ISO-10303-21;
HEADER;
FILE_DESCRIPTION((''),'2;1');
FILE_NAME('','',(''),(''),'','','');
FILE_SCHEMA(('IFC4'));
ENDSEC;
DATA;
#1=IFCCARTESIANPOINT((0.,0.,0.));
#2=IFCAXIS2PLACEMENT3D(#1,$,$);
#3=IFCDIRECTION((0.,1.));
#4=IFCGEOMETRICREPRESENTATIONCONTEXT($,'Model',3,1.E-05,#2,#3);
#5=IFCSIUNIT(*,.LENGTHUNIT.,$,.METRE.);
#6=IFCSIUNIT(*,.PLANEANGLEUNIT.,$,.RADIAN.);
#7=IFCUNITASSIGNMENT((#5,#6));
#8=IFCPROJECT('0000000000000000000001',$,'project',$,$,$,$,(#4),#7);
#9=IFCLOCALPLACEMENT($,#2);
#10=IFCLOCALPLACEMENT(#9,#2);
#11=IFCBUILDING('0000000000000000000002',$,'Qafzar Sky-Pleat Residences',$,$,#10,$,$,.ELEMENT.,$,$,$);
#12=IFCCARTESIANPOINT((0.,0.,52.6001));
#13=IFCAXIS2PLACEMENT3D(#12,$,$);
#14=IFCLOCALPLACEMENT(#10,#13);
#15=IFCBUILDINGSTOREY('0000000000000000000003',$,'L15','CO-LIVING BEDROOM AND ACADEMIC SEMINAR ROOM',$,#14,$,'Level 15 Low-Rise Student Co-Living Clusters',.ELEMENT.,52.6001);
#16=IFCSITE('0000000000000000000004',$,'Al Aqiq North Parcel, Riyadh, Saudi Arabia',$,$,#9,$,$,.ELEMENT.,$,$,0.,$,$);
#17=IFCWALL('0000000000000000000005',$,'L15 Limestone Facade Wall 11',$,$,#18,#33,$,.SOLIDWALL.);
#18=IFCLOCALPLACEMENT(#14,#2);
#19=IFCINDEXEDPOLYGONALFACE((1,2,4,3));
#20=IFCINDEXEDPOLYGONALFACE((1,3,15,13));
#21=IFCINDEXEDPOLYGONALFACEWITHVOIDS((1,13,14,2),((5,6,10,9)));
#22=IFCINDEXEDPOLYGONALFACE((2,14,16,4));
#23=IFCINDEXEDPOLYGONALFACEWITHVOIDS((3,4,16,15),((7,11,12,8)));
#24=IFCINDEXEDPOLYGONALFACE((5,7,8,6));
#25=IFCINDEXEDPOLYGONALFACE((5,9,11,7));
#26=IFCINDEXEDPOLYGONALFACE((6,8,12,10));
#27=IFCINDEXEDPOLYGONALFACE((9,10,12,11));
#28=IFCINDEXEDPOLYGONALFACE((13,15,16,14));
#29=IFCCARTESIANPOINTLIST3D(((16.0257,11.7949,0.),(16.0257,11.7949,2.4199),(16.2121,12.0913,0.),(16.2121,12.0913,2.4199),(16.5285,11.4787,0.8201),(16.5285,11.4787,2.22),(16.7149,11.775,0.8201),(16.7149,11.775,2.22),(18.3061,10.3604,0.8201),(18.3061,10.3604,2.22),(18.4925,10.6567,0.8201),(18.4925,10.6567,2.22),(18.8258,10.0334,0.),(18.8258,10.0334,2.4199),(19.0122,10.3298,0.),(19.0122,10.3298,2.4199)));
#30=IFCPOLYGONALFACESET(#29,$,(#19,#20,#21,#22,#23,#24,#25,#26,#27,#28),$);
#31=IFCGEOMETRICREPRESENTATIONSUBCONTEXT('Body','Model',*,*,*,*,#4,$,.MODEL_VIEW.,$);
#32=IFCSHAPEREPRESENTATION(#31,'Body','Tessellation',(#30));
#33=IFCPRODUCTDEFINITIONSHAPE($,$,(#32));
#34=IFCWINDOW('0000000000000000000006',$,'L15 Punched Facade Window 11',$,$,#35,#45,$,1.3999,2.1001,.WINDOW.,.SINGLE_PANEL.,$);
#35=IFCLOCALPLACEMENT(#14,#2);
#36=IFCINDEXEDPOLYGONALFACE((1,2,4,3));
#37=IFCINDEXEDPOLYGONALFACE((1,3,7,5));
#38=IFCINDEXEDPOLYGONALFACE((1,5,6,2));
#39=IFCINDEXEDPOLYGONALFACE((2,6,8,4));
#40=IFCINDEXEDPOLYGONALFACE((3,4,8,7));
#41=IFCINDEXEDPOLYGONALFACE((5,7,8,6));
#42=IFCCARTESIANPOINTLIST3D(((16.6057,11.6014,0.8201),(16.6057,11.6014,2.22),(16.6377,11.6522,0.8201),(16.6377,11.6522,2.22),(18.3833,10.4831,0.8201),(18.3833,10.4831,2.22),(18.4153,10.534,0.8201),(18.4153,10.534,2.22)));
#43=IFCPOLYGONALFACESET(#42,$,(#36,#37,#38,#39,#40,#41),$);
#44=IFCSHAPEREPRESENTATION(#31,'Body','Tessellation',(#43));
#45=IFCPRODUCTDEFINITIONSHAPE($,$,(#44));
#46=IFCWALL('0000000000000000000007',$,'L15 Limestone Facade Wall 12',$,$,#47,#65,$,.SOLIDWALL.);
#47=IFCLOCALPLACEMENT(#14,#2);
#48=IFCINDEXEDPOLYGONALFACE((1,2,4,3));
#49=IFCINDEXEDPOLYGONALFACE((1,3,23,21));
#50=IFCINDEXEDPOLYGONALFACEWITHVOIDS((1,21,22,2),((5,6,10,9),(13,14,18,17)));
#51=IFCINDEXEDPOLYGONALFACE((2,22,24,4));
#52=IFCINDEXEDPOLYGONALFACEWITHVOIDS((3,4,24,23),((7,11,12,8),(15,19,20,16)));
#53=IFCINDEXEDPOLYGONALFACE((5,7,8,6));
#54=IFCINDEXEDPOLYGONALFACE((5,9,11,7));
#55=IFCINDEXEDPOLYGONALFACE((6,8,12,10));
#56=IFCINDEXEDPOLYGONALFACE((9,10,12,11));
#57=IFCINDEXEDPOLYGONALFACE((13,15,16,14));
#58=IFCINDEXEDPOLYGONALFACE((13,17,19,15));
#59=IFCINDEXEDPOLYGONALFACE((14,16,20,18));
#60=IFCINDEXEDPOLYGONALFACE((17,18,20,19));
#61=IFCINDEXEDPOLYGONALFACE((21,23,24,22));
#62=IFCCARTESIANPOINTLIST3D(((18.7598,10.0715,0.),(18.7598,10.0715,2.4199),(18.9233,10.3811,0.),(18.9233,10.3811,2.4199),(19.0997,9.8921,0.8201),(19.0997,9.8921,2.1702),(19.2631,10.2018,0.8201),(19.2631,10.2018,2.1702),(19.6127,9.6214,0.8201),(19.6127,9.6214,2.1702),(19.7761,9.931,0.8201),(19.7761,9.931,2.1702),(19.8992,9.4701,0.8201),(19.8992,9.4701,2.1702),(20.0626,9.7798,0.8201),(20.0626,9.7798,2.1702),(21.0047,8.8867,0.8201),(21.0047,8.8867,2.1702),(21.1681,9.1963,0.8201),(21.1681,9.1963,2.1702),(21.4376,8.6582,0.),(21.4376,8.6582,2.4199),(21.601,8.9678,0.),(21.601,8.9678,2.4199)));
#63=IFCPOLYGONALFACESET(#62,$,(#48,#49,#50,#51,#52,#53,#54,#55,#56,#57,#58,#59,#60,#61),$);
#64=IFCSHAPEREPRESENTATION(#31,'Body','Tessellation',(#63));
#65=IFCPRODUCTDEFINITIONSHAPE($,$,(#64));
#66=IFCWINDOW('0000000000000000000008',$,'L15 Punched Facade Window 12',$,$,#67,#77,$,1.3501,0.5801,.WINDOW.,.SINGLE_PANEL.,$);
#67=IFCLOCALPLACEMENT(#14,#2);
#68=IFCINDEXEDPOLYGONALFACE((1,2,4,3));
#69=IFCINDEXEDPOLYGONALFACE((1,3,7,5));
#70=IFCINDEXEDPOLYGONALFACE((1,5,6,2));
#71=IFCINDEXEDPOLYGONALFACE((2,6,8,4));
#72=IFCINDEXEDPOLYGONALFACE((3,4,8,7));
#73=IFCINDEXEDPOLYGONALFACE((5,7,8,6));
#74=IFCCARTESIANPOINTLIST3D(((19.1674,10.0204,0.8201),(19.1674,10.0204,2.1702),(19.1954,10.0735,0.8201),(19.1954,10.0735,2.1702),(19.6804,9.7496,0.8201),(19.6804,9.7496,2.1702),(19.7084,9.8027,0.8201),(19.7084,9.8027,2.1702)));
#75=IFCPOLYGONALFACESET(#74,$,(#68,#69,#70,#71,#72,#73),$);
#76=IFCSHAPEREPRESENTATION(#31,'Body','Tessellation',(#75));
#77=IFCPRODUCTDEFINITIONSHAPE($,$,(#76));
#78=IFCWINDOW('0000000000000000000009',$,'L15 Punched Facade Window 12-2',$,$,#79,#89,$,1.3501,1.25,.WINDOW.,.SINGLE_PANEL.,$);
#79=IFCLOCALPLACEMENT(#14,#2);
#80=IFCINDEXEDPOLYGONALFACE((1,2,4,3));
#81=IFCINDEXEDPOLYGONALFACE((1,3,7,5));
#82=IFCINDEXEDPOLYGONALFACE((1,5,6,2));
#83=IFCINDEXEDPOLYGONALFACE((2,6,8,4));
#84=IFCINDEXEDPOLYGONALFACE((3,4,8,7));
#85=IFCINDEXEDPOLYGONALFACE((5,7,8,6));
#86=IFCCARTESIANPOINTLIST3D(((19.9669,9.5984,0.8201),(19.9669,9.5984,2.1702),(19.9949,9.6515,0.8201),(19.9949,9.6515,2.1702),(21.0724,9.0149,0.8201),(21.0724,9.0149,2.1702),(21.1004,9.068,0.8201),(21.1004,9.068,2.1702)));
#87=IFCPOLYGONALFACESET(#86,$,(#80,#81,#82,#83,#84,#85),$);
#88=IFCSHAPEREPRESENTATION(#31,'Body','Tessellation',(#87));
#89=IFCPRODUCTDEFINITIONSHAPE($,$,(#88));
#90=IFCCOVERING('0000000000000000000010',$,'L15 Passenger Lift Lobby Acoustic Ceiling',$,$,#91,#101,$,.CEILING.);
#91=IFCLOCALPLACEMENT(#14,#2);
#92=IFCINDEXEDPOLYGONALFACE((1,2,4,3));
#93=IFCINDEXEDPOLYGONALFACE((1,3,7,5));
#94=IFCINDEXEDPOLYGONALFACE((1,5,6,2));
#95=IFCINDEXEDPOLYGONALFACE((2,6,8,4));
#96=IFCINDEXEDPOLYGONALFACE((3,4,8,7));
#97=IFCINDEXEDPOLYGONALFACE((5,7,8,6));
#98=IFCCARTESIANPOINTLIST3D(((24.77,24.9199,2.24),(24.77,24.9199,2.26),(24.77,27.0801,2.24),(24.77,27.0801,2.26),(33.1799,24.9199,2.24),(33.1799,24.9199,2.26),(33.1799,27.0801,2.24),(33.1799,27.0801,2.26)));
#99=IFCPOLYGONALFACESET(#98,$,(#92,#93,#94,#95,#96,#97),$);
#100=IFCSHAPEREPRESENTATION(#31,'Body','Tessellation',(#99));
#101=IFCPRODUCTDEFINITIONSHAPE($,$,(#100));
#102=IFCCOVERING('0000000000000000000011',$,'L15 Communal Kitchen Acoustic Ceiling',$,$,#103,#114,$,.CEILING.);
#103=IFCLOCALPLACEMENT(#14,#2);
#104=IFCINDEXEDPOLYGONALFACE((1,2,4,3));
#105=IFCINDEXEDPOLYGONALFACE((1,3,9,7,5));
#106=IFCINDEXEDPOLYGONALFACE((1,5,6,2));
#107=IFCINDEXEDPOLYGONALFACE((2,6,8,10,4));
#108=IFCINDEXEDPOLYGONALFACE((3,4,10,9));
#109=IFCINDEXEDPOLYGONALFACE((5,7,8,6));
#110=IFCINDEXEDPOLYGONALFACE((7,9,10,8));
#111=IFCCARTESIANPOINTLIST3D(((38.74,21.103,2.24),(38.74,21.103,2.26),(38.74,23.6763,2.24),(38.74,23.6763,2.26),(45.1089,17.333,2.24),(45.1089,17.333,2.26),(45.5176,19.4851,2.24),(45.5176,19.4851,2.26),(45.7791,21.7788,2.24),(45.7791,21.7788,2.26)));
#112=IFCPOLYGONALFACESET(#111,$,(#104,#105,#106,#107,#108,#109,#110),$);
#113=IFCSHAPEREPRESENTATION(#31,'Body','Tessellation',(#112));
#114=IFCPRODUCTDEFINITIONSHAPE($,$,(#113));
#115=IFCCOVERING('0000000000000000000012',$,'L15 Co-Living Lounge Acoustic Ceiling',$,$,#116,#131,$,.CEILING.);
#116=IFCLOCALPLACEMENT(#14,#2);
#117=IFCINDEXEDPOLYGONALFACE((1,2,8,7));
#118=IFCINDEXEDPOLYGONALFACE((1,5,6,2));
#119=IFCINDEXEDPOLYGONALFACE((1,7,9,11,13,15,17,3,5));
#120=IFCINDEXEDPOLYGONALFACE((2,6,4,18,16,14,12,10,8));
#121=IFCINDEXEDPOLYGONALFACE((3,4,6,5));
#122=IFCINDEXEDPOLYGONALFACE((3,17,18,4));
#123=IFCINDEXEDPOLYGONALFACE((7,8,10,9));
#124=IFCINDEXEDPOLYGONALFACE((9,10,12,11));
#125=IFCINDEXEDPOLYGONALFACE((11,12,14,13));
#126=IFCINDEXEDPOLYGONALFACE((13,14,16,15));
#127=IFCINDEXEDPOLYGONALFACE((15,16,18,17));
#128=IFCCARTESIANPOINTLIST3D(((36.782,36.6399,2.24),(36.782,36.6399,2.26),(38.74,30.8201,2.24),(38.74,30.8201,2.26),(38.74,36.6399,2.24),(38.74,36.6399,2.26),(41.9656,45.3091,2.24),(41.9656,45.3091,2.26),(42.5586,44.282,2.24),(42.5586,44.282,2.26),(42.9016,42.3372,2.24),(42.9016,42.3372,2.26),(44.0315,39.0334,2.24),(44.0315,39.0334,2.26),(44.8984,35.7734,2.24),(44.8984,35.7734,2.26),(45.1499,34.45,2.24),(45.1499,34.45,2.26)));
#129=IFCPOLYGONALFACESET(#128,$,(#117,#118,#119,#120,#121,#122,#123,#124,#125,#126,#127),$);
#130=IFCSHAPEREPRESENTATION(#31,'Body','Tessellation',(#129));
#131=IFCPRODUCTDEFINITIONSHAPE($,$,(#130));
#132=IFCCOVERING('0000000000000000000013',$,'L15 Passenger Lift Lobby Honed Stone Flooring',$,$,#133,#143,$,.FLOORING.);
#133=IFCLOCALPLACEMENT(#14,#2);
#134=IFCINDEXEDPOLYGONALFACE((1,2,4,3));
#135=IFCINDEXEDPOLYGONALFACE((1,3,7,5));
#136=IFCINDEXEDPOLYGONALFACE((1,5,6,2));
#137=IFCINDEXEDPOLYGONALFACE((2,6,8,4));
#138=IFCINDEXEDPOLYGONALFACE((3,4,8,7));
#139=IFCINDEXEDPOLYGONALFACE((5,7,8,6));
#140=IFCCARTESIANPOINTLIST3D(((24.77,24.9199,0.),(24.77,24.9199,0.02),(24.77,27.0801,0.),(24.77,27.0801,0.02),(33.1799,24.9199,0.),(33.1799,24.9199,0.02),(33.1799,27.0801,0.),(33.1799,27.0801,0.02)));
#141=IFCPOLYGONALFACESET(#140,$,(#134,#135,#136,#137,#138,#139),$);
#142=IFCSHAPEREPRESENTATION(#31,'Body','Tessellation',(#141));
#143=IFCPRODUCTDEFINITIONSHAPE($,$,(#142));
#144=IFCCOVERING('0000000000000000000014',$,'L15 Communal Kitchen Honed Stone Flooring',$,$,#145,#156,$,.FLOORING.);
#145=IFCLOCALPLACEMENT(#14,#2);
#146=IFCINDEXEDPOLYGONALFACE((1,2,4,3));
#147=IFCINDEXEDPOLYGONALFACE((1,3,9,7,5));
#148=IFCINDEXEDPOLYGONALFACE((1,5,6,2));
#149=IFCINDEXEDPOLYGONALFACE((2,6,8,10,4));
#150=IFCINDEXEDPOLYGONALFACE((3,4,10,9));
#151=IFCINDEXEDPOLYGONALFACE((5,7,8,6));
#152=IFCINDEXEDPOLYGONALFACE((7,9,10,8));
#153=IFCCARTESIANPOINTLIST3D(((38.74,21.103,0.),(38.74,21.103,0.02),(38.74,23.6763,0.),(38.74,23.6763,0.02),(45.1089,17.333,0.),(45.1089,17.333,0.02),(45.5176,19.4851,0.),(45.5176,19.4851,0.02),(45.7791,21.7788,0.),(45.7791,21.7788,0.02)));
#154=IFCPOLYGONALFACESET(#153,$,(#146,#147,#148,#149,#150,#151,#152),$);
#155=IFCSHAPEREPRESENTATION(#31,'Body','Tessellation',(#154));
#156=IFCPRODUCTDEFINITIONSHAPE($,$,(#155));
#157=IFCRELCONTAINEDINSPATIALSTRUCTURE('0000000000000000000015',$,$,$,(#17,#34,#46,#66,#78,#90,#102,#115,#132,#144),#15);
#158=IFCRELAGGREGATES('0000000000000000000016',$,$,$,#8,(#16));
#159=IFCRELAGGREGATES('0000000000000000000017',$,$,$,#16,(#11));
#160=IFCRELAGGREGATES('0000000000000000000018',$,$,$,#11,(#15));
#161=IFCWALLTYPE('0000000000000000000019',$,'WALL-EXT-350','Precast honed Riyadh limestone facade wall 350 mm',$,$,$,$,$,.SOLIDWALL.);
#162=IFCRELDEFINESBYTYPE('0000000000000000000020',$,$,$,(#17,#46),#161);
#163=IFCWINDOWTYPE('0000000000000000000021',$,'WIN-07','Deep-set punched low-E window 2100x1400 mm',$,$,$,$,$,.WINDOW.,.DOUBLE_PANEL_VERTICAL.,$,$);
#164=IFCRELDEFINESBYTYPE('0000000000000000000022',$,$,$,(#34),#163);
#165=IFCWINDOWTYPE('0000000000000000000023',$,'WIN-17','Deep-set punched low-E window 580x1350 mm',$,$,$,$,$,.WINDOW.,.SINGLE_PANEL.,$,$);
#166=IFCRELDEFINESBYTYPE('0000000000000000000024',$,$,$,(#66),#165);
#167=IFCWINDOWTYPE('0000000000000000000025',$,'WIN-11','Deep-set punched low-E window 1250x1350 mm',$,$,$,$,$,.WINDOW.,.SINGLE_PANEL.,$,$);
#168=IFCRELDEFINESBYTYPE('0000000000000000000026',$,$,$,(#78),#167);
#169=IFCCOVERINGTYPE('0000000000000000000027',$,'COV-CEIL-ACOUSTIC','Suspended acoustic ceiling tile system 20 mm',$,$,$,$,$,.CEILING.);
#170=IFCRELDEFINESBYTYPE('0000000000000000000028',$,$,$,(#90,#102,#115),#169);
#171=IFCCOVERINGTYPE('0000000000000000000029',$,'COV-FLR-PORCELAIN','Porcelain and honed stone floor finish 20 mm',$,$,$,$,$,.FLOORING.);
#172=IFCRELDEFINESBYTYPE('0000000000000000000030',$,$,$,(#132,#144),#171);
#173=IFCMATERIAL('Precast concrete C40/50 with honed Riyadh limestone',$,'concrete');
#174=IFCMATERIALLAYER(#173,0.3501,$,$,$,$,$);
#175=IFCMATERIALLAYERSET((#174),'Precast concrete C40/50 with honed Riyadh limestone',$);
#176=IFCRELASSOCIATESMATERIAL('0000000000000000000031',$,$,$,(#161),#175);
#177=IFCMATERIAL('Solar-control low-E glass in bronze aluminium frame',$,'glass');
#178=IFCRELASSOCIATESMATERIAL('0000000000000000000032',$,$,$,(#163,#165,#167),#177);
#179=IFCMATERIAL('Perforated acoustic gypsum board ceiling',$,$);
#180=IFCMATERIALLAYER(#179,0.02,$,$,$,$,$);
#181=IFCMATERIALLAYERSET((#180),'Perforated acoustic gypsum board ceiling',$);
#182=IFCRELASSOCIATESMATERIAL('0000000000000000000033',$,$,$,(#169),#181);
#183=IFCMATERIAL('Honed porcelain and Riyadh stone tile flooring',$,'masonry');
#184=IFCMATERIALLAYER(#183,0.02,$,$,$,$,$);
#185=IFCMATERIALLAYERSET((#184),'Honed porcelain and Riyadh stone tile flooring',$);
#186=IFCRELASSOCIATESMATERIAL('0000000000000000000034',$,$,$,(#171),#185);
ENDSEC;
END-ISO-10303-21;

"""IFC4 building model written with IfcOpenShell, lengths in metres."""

from ifc_helpers import new_model, si_unit, direction, frame, frame_2d, origin, place, context, subcontext, project, spatial, polyline, rectangle, outline, extrude, source, transform, mapped, material, layer, layer_set, type_object, element, fill, save


model = new_model("IFC4")

# Units and contexts
model_context = context("Model", 3, precision=1e-05, world=origin(), true_north=direction((0.0, 1.0)))
body_context = subcontext(model_context, "Body", "Model", "MODEL_VIEW")
ifc_project = project(units=[si_unit("LENGTHUNIT", "METRE"), si_unit("PLANEANGLEUNIT", "RADIAN")], contexts=[model_context])

# Site, building, storey
site_placement = place(None, origin())
site = spatial("IfcSite", under=ifc_project, at=site_placement, Name="Al Aqiq North Parcel, Riyadh, Saudi Arabia", CompositionType="ELEMENT", RefElevation=0.0)
building_placement = place(site_placement, origin())
building = spatial("IfcBuilding", under=site, at=building_placement, Name="Qafzar Sky-Pleat Residences", CompositionType="ELEMENT")
storey_placement = place(building_placement, frame((0.0, 0.0, 52.6001)))
storey = spatial("IfcBuildingStorey", under=building, at=storey_placement, Name="L15", Description="CO-LIVING BEDROOM AND ACADEMIC SEMINAR ROOM", LongName="Level 15 Low-Rise Student Co-Living Clusters", CompositionType="ELEMENT", Elevation=52.6001)

# Wall, opening, window
ifc_material_1 = material(Name="Precast concrete C40/50 with honed Riyadh limestone", Category="concrete")
ifc_layer_1 = layer(ifc_material_1, 0.3501)
ifc_layer_set_1 = layer_set([ifc_layer_1], Name="Precast concrete C40/50 with honed Riyadh limestone")
wall_type = type_object("IfcWallType", Name="WALL-EXT-350", Description="Precast honed Riyadh limestone facade wall 350 mm", PredefinedType="SOLIDWALL", material=ifc_layer_set_1)
wall_1_placement = place(storey_placement, frame((16.1189, 11.9431, 0.0), z_axis=(0.0, 0.0, 1.0), x_axis=(0.84644, -0.532484, 0.0)))
wall_1 = element("IfcWall", 1, at=wall_1_placement, inside=storey, type_object=wall_type, Name="L15 Limestone Facade Wall 11", PredefinedType="SOLIDWALL", context=body_context, shape_type="SweptSolid", body=[
    extrude(rectangle(XDim=3.3081, YDim=0.3501, at=frame_2d((1.6541, 0.0))), origin(), (0.0, 0.0, 1.0), 2.4199),
])
opening_1_placement = place(wall_1_placement, frame((0.594, 0.0, 0.8201)))
opening_1 = element("IfcOpeningElement", 2, at=opening_1_placement, cuts=wall_1, PredefinedType="OPENING", context=body_context, shape_type="SweptSolid", body=[
    extrude(rectangle(XDim=2.1001, YDim=1.3999, at=frame_2d((1.05, 0.7))), frame((0.0, 0.1851, 0.0), z_axis=(0.0, -1.0, 0.0), x_axis=(1.0, 0.0, 0.0)), (0.0, 0.0, 1.0), 0.3701),
])
ifc_material_2 = material(Name="Solar-control low-E glass in bronze aluminium frame", Category="glass")
window_type_1 = type_object("IfcWindowType", Name="WIN-07", Description="Deep-set punched low-E window 2100x1400 mm", PartitioningType="DOUBLE_PANEL_VERTICAL", PredefinedType="WINDOW", material=ifc_material_2)
shared_shape_1 = source(origin(), body_context, "Body", "SweptSolid", [
    extrude(rectangle(XDim=2.1001, YDim=1.3999, at=frame_2d((1.05, 0.7))), frame((0.0, 0.03, 0.0), z_axis=(0.0, -1.0, 0.0), x_axis=(1.0, 0.0, 0.0)), (0.0, 0.0, 1.0), 0.0601),
])
window_1_placement = place(opening_1_placement, origin())
window_1 = element("IfcWindow", 3, at=window_1_placement, inside=storey, type_object=window_type_1, Name="L15 Punched Facade Window 11", OverallHeight=1.3999, OverallWidth=2.1001, PartitioningType="SINGLE_PANEL", PredefinedType="WINDOW", context=body_context, shape_type="MappedRepresentation", body=[
    mapped(shared_shape_1, transform((0.0, 0.0, 0.0), x_axis=(1.0, 0.0, 0.0), y_axis=(0.0, 1.0, 0.0), z_axis=(0.0, 0.0, 1.0), scale=1.0)),
])
fill(opening_1, window_1)

# Wall, openings, windows
wall_2_placement = place(storey_placement, frame((18.8416, 10.2263, 0.0), z_axis=(0.0, 0.0, 1.0), x_axis=(0.884374, -0.46678, 0.0)))
wall_2 = element("IfcWall", 4, at=wall_2_placement, inside=storey, type_object=wall_type, Name="L15 Limestone Facade Wall 12", PredefinedType="SOLIDWALL", context=body_context, shape_type="SweptSolid", body=[
    extrude(rectangle(XDim=3.0278, YDim=0.3501, at=frame_2d((1.5139, 0.0))), origin(), (0.0, 0.0, 1.0), 2.4199),
])
opening_2_placement = place(wall_2_placement, frame((0.3843, 0.0, 0.8201)))
opening_2 = element("IfcOpeningElement", 5, at=opening_2_placement, cuts=wall_2, PredefinedType="OPENING", context=body_context, shape_type="SweptSolid", body=[
    extrude(rectangle(XDim=0.5801, YDim=1.3501, at=frame_2d((0.29, 0.675))), frame((0.0, 0.1851, 0.0), z_axis=(0.0, -1.0, 0.0), x_axis=(1.0, 0.0, 0.0)), (0.0, 0.0, 1.0), 0.3701),
])
opening_3_placement = place(wall_2_placement, frame((1.2883, 0.0, 0.8201)))
opening_3 = element("IfcOpeningElement", 6, at=opening_3_placement, cuts=wall_2, PredefinedType="OPENING", context=body_context, shape_type="SweptSolid", body=[
    extrude(rectangle(XDim=1.25, YDim=1.3501, at=frame_2d((0.625, 0.675))), frame((0.0, 0.1851, 0.0), z_axis=(0.0, -1.0, 0.0), x_axis=(1.0, 0.0, 0.0)), (0.0, 0.0, 1.0), 0.3701),
])
window_type_2 = type_object("IfcWindowType", Name="WIN-17", Description="Deep-set punched low-E window 580x1350 mm", PartitioningType="SINGLE_PANEL", PredefinedType="WINDOW", material=ifc_material_2)
shared_shape_2 = source(origin(), body_context, "Body", "SweptSolid", [
    extrude(rectangle(XDim=0.5801, YDim=1.3501, at=frame_2d((0.29, 0.675))), frame((0.0, 0.03, 0.0), z_axis=(0.0, -1.0, 0.0), x_axis=(1.0, 0.0, 0.0)), (0.0, 0.0, 1.0), 0.0601),
])
window_2_placement = place(opening_2_placement, origin())
window_2 = element("IfcWindow", 7, at=window_2_placement, inside=storey, type_object=window_type_2, Name="L15 Punched Facade Window 12", OverallHeight=1.3501, OverallWidth=0.5801, PartitioningType="SINGLE_PANEL", PredefinedType="WINDOW", context=body_context, shape_type="MappedRepresentation", body=[
    mapped(shared_shape_2, transform((0.0, 0.0, 0.0), x_axis=(1.0, 0.0, 0.0), y_axis=(0.0, 1.0, 0.0), z_axis=(0.0, 0.0, 1.0), scale=1.0)),
])
fill(opening_2, window_2)
window_type_3 = type_object("IfcWindowType", Name="WIN-11", Description="Deep-set punched low-E window 1250x1350 mm", PartitioningType="SINGLE_PANEL", PredefinedType="WINDOW", material=ifc_material_2)
shared_shape_3 = source(origin(), body_context, "Body", "SweptSolid", [
    extrude(rectangle(XDim=1.25, YDim=1.3501, at=frame_2d((0.625, 0.675))), frame((0.0, 0.03, 0.0), z_axis=(0.0, -1.0, 0.0), x_axis=(1.0, 0.0, 0.0)), (0.0, 0.0, 1.0), 0.0601),
])
window_3_placement = place(opening_3_placement, origin())
window_3 = element("IfcWindow", 8, at=window_3_placement, inside=storey, type_object=window_type_3, Name="L15 Punched Facade Window 12-2", OverallHeight=1.3501, OverallWidth=1.25, PartitioningType="SINGLE_PANEL", PredefinedType="WINDOW", context=body_context, shape_type="MappedRepresentation", body=[
    mapped(shared_shape_3, transform((0.0, 0.0, 0.0), x_axis=(1.0, 0.0, 0.0), y_axis=(0.0, 1.0, 0.0), z_axis=(0.0, 0.0, 1.0), scale=1.0)),
])
fill(opening_3, window_3)

# Coverings
ifc_material_3 = material(Name="Perforated acoustic gypsum board ceiling")
ifc_layer_2 = layer(ifc_material_3, 0.02)
ifc_layer_set_2 = layer_set([ifc_layer_2], Name="Perforated acoustic gypsum board ceiling")
covering_type_1 = type_object("IfcCoveringType", Name="COV-CEIL-ACOUSTIC", Description="Suspended acoustic ceiling tile system 20 mm", PredefinedType="CEILING", material=ifc_layer_set_2)
covering_1_placement = place(storey_placement, frame((0.0, 0.0, 2.24)))
element("IfcCovering", 9, at=covering_1_placement, inside=storey, type_object=covering_type_1, Name="L15 Passenger Lift Lobby Acoustic Ceiling", PredefinedType="CEILING", context=body_context, shape_type="SweptSolid", body=[
    extrude(outline(polyline([(33.1799, 24.9199), (24.77, 24.9199), (24.77, 27.0801), (33.1799, 27.0801), (33.1799, 24.9199)])), origin(), (0.0, 0.0, 1.0), 0.02),
])
covering_2_placement = place(storey_placement, frame((0.0, 0.0, 2.24)))
element("IfcCovering", 10, at=covering_2_placement, inside=storey, type_object=covering_type_1, Name="L15 Communal Kitchen Acoustic Ceiling", PredefinedType="CEILING", context=body_context, shape_type="SweptSolid", body=[
    extrude(outline(polyline([(45.5176, 19.4851), (45.1089, 17.333), (38.74, 21.103), (38.74, 23.6763), (45.7791, 21.7788), (45.5176, 19.4851)])), origin(), (0.0, 0.0, 1.0), 0.02),
])
covering_3_placement = place(storey_placement, frame((0.0, 0.0, 2.24)))
element("IfcCovering", 11, at=covering_3_placement, inside=storey, type_object=covering_type_1, Name="L15 Co-Living Lounge Acoustic Ceiling", PredefinedType="CEILING", context=body_context, shape_type="SweptSolid", body=[
    extrude(outline(polyline([(42.5586, 44.282), (42.9016, 42.3372), (44.0315, 39.0334), (44.8984, 35.7734), (45.1499, 34.45), (38.74, 30.8201), (38.74, 36.6399), (36.782, 36.6399), (41.9656, 45.3091), (42.5586, 44.282)])), origin(), (0.0, 0.0, 1.0), 0.02),
])
ifc_material_4 = material(Name="Honed porcelain and Riyadh stone tile flooring", Category="masonry")
ifc_layer_3 = layer(ifc_material_4, 0.02)
ifc_layer_set_3 = layer_set([ifc_layer_3], Name="Honed porcelain and Riyadh stone tile flooring")
covering_type_2 = type_object("IfcCoveringType", Name="COV-FLR-PORCELAIN", Description="Porcelain and honed stone floor finish 20 mm", PredefinedType="FLOORING", material=ifc_layer_set_3)
covering_4_placement = place(storey_placement, origin())
element("IfcCovering", 12, at=covering_4_placement, inside=storey, type_object=covering_type_2, Name="L15 Passenger Lift Lobby Honed Stone Flooring", PredefinedType="FLOORING", context=body_context, shape_type="SweptSolid", body=[
    extrude(outline(polyline([(33.1799, 24.9199), (24.77, 24.9199), (24.77, 27.0801), (33.1799, 27.0801), (33.1799, 24.9199)])), origin(), (0.0, 0.0, 1.0), 0.02),
])
covering_5_placement = place(storey_placement, origin())
element("IfcCovering", 13, at=covering_5_placement, inside=storey, type_object=covering_type_2, Name="L15 Communal Kitchen Honed Stone Flooring", PredefinedType="FLOORING", context=body_context, shape_type="SweptSolid", body=[
    extrude(outline(polyline([(45.5176, 19.4851), (45.1089, 17.333), (38.74, 21.103), (38.74, 23.6763), (45.7791, 21.7788), (45.5176, 19.4851)])), origin(), (0.0, 0.0, 1.0), 0.02),
])

save(model, "model.ifc")
